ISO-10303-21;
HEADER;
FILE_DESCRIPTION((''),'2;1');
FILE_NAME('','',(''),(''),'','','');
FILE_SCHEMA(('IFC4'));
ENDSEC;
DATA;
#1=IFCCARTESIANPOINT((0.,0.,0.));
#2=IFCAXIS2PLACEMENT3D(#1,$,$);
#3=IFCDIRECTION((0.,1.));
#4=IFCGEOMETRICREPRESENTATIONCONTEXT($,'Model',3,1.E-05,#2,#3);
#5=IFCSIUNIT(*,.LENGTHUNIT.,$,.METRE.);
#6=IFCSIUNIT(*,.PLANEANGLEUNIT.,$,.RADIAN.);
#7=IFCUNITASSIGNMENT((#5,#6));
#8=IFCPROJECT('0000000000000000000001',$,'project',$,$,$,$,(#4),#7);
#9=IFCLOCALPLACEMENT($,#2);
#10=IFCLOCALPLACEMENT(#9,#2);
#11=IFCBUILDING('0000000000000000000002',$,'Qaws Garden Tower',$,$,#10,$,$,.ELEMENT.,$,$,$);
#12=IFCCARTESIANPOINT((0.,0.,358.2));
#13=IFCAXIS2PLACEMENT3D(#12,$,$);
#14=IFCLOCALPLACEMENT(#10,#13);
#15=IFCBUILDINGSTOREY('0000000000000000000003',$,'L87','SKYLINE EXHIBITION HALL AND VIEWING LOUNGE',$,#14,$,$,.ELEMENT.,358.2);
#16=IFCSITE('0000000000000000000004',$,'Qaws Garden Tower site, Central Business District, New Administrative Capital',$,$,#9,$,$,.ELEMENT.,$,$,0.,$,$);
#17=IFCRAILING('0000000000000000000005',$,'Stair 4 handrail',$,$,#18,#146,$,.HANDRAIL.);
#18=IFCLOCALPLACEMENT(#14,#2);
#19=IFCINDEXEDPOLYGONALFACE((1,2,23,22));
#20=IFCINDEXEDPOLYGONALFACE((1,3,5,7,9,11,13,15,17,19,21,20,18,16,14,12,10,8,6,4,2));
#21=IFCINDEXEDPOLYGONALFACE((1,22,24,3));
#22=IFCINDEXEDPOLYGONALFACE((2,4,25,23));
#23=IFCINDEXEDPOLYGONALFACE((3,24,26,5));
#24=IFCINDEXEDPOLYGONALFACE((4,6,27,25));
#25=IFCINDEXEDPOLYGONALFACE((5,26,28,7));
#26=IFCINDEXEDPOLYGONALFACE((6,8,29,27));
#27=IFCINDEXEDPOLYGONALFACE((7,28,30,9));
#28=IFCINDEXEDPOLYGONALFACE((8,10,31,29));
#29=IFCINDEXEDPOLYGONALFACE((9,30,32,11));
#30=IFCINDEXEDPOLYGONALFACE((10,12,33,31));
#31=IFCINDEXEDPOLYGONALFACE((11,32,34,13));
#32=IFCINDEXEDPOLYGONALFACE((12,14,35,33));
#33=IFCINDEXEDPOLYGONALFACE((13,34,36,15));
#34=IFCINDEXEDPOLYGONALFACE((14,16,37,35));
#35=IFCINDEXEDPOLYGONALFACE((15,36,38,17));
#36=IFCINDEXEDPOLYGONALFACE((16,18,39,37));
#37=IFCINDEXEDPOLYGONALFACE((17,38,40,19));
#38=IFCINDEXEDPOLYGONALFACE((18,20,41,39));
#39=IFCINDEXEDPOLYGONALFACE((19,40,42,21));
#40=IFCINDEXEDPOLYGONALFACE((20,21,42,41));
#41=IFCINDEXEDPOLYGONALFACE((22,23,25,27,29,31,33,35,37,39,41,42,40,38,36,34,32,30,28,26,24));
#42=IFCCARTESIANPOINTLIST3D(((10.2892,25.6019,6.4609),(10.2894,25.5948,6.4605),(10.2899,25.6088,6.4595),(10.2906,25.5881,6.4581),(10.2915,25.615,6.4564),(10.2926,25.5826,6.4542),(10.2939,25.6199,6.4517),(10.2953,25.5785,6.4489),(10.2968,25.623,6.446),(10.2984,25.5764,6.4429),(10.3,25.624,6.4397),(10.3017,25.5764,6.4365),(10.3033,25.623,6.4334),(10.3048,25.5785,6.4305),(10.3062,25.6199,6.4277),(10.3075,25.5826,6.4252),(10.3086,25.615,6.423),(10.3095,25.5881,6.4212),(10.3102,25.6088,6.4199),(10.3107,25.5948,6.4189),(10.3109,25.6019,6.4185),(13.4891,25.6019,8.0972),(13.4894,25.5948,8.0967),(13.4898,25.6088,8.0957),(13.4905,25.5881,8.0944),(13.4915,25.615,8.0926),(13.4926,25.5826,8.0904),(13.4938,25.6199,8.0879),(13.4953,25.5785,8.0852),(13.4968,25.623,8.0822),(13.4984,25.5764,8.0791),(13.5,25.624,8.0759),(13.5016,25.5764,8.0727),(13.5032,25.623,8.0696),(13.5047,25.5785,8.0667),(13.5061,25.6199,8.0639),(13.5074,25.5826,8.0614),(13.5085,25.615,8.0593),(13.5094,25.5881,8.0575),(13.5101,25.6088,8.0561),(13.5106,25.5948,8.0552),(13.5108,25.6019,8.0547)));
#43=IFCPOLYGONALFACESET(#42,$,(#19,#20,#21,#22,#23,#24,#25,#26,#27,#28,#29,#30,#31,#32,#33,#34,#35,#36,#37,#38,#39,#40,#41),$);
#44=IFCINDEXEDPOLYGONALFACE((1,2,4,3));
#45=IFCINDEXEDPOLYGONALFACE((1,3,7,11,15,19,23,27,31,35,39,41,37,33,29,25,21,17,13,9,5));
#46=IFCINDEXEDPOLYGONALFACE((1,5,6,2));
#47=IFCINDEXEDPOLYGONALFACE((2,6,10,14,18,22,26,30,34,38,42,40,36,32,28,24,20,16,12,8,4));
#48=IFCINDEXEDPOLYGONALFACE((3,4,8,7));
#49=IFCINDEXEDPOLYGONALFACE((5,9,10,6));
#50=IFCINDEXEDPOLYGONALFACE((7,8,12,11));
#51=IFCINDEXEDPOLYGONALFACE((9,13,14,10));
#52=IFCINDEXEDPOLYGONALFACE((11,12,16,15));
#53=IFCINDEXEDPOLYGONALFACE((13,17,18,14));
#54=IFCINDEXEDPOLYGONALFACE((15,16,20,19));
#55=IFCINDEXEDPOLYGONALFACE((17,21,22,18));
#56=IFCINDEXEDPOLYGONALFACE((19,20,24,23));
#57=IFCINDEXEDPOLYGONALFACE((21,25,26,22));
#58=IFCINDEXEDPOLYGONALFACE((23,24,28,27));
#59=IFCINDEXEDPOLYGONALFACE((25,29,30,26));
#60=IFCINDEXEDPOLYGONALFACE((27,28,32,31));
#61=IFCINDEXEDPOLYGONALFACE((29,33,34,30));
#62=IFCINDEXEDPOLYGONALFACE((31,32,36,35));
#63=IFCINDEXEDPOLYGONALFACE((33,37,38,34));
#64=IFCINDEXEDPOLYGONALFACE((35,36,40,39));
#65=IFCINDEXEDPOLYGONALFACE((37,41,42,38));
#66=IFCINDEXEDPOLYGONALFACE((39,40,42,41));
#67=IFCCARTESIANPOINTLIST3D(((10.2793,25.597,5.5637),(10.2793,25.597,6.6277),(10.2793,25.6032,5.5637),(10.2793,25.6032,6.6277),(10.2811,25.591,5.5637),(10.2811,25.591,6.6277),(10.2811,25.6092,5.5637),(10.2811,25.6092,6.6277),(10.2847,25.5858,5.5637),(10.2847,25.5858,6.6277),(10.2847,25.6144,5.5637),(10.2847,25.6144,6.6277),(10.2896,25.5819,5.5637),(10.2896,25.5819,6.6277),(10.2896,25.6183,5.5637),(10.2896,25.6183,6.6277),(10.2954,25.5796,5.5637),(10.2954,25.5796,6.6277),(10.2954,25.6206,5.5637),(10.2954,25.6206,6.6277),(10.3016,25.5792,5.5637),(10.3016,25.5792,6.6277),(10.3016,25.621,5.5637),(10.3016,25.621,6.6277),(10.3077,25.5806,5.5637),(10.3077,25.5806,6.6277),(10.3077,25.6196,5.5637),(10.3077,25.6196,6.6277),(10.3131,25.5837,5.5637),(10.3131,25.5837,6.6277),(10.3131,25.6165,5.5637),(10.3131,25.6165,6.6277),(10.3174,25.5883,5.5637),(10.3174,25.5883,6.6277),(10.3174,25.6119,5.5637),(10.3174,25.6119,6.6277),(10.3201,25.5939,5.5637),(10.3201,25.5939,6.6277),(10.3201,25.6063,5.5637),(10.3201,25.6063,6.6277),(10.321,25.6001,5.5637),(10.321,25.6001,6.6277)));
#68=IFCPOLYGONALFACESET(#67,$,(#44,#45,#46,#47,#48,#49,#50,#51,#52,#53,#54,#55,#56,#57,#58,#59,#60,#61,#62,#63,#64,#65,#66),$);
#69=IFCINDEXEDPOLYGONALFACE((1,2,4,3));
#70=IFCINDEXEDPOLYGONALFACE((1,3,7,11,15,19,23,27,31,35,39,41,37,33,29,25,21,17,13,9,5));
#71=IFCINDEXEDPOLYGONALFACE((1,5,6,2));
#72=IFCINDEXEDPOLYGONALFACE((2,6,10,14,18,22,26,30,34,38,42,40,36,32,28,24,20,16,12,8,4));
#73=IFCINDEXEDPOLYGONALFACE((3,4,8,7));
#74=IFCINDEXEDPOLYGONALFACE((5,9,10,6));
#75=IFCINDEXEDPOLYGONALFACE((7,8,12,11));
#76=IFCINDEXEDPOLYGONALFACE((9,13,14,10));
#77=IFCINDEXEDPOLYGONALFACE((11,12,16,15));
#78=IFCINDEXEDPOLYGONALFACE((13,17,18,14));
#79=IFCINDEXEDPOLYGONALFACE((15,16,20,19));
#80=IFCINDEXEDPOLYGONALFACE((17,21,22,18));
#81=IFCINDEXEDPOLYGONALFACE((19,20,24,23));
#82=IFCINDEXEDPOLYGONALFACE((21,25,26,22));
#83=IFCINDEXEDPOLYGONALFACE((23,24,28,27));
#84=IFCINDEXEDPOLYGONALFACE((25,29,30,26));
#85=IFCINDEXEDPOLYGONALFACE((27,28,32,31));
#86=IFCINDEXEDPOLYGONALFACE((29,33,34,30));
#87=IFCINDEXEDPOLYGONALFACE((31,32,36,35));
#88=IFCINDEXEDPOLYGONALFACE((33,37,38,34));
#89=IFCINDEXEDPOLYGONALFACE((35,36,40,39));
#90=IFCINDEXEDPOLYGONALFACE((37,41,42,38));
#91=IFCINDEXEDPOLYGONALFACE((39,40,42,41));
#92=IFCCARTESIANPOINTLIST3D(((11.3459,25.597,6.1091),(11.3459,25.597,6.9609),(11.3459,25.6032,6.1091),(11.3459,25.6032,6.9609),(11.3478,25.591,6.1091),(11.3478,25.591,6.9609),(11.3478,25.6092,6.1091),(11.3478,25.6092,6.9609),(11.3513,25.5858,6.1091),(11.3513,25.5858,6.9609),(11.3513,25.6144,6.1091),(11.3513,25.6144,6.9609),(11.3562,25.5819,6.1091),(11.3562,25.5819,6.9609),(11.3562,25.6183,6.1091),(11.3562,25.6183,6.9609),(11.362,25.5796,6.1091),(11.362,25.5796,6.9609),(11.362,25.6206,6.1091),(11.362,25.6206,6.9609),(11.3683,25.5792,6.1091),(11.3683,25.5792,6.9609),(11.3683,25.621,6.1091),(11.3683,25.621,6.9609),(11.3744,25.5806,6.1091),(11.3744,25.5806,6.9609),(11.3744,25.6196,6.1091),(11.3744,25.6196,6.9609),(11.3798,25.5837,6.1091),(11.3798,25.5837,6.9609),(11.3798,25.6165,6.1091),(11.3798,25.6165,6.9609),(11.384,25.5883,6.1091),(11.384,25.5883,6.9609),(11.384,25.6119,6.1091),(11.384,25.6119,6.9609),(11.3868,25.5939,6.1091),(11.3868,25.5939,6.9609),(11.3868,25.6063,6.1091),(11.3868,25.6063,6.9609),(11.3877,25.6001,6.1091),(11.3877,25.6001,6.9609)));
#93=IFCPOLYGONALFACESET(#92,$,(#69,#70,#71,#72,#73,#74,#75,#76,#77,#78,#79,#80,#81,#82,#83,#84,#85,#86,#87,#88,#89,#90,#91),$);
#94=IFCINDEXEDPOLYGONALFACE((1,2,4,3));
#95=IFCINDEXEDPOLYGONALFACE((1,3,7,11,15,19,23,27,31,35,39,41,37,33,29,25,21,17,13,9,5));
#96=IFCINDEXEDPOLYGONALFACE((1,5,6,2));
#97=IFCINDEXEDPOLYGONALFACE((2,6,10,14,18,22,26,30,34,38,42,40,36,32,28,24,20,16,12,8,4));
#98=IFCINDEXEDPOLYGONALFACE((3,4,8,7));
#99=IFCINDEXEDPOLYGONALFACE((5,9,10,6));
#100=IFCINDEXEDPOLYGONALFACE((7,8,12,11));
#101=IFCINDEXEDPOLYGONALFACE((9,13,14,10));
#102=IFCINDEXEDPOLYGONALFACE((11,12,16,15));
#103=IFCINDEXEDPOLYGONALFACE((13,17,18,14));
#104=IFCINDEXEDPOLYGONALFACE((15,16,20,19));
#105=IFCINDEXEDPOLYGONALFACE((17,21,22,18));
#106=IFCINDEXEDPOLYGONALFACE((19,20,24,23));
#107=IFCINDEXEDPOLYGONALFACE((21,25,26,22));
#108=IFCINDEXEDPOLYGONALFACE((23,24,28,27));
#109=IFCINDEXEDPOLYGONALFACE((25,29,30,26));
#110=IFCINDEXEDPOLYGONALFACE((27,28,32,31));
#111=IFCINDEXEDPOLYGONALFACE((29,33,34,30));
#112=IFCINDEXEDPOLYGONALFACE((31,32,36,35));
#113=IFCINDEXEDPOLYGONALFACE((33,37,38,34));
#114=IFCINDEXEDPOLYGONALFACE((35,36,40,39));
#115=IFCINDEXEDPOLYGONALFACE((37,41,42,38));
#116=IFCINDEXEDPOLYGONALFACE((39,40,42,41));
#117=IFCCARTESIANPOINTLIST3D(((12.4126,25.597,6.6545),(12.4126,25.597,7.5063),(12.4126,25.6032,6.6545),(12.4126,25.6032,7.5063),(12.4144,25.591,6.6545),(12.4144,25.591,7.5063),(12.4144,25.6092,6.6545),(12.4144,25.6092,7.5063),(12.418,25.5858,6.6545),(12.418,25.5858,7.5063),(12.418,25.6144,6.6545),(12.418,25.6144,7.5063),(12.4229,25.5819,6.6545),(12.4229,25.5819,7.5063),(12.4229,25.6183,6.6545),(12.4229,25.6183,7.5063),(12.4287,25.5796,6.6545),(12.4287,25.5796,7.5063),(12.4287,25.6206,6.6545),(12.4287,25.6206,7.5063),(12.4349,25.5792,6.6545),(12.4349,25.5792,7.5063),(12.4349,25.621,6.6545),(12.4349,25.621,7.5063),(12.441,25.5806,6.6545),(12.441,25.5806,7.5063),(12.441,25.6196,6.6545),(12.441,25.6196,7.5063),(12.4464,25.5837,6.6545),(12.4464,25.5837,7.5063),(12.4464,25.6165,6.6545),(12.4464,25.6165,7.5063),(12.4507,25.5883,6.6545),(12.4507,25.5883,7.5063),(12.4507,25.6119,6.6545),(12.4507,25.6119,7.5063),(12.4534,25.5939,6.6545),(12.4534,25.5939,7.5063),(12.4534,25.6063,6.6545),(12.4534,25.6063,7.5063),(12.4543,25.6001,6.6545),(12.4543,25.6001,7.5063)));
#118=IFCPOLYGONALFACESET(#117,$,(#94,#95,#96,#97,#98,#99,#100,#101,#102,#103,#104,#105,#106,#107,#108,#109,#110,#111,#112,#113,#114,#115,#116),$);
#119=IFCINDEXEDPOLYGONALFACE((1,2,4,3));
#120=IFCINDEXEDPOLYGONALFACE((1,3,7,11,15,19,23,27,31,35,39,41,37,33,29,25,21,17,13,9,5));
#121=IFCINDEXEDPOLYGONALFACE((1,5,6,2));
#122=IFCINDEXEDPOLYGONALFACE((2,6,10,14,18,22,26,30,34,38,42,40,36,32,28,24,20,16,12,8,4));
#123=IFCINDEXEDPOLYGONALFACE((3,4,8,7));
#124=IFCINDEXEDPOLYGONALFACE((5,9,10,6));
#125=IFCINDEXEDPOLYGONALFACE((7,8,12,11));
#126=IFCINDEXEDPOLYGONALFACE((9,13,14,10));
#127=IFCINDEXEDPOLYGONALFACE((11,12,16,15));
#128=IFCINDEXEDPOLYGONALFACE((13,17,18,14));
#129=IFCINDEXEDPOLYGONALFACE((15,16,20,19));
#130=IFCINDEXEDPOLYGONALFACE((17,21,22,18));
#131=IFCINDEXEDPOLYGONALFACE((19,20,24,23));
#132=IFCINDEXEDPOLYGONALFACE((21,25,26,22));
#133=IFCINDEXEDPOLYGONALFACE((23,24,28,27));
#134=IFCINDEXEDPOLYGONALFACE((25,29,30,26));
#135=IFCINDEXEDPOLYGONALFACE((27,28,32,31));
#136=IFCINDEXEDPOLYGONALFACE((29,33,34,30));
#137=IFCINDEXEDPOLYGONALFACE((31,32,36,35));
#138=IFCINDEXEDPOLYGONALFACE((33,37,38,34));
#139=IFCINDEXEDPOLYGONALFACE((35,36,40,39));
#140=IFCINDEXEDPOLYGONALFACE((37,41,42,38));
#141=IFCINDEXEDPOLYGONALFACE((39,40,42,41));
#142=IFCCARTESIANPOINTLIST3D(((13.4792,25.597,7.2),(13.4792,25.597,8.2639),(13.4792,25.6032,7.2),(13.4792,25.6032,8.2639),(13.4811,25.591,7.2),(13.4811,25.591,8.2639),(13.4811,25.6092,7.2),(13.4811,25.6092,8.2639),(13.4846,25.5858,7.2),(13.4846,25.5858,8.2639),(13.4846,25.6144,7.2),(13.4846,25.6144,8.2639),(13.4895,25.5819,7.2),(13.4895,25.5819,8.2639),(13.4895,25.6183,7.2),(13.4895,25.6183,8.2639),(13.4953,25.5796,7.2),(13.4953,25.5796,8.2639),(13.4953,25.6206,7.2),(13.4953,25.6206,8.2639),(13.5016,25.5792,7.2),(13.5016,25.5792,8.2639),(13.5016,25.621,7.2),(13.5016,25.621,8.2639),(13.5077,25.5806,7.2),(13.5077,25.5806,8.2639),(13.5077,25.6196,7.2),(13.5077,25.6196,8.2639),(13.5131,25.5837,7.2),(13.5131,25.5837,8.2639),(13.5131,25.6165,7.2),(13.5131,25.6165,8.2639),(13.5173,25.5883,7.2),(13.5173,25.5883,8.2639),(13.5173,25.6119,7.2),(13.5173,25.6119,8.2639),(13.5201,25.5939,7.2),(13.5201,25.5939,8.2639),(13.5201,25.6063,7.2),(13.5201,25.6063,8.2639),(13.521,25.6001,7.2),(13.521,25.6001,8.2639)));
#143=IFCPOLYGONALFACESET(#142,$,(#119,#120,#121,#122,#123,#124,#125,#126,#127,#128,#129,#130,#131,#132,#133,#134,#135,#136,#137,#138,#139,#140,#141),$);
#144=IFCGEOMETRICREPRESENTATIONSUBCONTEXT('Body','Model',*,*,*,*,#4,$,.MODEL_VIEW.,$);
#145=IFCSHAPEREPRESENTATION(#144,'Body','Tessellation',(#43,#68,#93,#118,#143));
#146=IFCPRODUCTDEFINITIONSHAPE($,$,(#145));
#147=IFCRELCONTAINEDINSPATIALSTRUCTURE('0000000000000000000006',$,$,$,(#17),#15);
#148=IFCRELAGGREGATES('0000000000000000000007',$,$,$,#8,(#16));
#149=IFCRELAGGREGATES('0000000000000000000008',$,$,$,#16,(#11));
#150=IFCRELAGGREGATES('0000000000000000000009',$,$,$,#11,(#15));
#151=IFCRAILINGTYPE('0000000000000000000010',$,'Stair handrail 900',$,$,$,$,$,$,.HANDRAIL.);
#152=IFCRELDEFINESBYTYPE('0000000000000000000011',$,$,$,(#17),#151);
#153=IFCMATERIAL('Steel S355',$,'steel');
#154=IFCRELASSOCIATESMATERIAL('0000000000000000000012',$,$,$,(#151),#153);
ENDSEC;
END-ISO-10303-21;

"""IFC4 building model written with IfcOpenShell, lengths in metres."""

from ifc_helpers import new_model, si_unit, direction, frame, origin, origin_2d, place, context, subcontext, project, spatial, circle, extrude, material, type_object, element, save


model = new_model("IFC4")

# Units and contexts
model_context = context("Model", 3, precision=1e-05, world=origin(), true_north=direction((0.0, 1.0)))
body_context = subcontext(model_context, "Body", "Model", "MODEL_VIEW")
ifc_project = project(units=[si_unit("LENGTHUNIT", "METRE"), si_unit("PLANEANGLEUNIT", "RADIAN")], contexts=[model_context])

# Site, building, storey
site_placement = place(None, origin())
site = spatial("IfcSite", under=ifc_project, at=site_placement, Name="Qaws Garden Tower site, Central Business District, New Administrative Capital", CompositionType="ELEMENT", RefElevation=0.0)
building_placement = place(site_placement, origin())
building = spatial("IfcBuilding", under=site, at=building_placement, Name="Qaws Garden Tower", CompositionType="ELEMENT")
storey_placement = place(building_placement, frame((0.0, 0.0, 358.2)))
storey = spatial("IfcBuildingStorey", under=building, at=storey_placement, Name="L87", Description="SKYLINE EXHIBITION HALL AND VIEWING LOUNGE", CompositionType="ELEMENT", Elevation=358.2)

# Railing
ifc_material_1 = material(Name="Steel S355", Category="steel")
railing_type = type_object("IfcRailingType", Name="Stair handrail 900", PredefinedType="HANDRAIL", material=ifc_material_1)
railing_1_placement = place(storey_placement, frame((10.3, 25.6001, 5.5637)))
element("IfcRailing", 1, at=railing_1_placement, inside=storey, type_object=railing_type, Name="Stair 4 handrail", PredefinedType="HANDRAIL", context=body_context, shape_type="SweptSolid", body=[
    extrude(circle(Radius=0.0239, at=origin_2d()), frame((0.0, 0.0, 0.876), z_axis=(0.890356, 0.0, 0.455265), x_axis=(0.0, 1.0, 0.0)), (0.0, 0.0, 1.0), 3.594),
    extrude(circle(Radius=0.021, at=origin_2d()), origin(), (0.0, 0.0, 1.0), 1.064),
    extrude(circle(Radius=0.021, at=origin_2d()), frame((1.0667, 0.0, 0.5454)), (0.0, 0.0, 1.0), 0.8518),
    extrude(circle(Radius=0.021, at=origin_2d()), frame((2.1333, 0.0, 1.0908)), (0.0, 0.0, 1.0), 0.8518),
    extrude(circle(Radius=0.021, at=origin_2d()), frame((3.2, 0.0, 1.6362)), (0.0, 0.0, 1.0), 1.064),
])

save(model, "model.ifc")
